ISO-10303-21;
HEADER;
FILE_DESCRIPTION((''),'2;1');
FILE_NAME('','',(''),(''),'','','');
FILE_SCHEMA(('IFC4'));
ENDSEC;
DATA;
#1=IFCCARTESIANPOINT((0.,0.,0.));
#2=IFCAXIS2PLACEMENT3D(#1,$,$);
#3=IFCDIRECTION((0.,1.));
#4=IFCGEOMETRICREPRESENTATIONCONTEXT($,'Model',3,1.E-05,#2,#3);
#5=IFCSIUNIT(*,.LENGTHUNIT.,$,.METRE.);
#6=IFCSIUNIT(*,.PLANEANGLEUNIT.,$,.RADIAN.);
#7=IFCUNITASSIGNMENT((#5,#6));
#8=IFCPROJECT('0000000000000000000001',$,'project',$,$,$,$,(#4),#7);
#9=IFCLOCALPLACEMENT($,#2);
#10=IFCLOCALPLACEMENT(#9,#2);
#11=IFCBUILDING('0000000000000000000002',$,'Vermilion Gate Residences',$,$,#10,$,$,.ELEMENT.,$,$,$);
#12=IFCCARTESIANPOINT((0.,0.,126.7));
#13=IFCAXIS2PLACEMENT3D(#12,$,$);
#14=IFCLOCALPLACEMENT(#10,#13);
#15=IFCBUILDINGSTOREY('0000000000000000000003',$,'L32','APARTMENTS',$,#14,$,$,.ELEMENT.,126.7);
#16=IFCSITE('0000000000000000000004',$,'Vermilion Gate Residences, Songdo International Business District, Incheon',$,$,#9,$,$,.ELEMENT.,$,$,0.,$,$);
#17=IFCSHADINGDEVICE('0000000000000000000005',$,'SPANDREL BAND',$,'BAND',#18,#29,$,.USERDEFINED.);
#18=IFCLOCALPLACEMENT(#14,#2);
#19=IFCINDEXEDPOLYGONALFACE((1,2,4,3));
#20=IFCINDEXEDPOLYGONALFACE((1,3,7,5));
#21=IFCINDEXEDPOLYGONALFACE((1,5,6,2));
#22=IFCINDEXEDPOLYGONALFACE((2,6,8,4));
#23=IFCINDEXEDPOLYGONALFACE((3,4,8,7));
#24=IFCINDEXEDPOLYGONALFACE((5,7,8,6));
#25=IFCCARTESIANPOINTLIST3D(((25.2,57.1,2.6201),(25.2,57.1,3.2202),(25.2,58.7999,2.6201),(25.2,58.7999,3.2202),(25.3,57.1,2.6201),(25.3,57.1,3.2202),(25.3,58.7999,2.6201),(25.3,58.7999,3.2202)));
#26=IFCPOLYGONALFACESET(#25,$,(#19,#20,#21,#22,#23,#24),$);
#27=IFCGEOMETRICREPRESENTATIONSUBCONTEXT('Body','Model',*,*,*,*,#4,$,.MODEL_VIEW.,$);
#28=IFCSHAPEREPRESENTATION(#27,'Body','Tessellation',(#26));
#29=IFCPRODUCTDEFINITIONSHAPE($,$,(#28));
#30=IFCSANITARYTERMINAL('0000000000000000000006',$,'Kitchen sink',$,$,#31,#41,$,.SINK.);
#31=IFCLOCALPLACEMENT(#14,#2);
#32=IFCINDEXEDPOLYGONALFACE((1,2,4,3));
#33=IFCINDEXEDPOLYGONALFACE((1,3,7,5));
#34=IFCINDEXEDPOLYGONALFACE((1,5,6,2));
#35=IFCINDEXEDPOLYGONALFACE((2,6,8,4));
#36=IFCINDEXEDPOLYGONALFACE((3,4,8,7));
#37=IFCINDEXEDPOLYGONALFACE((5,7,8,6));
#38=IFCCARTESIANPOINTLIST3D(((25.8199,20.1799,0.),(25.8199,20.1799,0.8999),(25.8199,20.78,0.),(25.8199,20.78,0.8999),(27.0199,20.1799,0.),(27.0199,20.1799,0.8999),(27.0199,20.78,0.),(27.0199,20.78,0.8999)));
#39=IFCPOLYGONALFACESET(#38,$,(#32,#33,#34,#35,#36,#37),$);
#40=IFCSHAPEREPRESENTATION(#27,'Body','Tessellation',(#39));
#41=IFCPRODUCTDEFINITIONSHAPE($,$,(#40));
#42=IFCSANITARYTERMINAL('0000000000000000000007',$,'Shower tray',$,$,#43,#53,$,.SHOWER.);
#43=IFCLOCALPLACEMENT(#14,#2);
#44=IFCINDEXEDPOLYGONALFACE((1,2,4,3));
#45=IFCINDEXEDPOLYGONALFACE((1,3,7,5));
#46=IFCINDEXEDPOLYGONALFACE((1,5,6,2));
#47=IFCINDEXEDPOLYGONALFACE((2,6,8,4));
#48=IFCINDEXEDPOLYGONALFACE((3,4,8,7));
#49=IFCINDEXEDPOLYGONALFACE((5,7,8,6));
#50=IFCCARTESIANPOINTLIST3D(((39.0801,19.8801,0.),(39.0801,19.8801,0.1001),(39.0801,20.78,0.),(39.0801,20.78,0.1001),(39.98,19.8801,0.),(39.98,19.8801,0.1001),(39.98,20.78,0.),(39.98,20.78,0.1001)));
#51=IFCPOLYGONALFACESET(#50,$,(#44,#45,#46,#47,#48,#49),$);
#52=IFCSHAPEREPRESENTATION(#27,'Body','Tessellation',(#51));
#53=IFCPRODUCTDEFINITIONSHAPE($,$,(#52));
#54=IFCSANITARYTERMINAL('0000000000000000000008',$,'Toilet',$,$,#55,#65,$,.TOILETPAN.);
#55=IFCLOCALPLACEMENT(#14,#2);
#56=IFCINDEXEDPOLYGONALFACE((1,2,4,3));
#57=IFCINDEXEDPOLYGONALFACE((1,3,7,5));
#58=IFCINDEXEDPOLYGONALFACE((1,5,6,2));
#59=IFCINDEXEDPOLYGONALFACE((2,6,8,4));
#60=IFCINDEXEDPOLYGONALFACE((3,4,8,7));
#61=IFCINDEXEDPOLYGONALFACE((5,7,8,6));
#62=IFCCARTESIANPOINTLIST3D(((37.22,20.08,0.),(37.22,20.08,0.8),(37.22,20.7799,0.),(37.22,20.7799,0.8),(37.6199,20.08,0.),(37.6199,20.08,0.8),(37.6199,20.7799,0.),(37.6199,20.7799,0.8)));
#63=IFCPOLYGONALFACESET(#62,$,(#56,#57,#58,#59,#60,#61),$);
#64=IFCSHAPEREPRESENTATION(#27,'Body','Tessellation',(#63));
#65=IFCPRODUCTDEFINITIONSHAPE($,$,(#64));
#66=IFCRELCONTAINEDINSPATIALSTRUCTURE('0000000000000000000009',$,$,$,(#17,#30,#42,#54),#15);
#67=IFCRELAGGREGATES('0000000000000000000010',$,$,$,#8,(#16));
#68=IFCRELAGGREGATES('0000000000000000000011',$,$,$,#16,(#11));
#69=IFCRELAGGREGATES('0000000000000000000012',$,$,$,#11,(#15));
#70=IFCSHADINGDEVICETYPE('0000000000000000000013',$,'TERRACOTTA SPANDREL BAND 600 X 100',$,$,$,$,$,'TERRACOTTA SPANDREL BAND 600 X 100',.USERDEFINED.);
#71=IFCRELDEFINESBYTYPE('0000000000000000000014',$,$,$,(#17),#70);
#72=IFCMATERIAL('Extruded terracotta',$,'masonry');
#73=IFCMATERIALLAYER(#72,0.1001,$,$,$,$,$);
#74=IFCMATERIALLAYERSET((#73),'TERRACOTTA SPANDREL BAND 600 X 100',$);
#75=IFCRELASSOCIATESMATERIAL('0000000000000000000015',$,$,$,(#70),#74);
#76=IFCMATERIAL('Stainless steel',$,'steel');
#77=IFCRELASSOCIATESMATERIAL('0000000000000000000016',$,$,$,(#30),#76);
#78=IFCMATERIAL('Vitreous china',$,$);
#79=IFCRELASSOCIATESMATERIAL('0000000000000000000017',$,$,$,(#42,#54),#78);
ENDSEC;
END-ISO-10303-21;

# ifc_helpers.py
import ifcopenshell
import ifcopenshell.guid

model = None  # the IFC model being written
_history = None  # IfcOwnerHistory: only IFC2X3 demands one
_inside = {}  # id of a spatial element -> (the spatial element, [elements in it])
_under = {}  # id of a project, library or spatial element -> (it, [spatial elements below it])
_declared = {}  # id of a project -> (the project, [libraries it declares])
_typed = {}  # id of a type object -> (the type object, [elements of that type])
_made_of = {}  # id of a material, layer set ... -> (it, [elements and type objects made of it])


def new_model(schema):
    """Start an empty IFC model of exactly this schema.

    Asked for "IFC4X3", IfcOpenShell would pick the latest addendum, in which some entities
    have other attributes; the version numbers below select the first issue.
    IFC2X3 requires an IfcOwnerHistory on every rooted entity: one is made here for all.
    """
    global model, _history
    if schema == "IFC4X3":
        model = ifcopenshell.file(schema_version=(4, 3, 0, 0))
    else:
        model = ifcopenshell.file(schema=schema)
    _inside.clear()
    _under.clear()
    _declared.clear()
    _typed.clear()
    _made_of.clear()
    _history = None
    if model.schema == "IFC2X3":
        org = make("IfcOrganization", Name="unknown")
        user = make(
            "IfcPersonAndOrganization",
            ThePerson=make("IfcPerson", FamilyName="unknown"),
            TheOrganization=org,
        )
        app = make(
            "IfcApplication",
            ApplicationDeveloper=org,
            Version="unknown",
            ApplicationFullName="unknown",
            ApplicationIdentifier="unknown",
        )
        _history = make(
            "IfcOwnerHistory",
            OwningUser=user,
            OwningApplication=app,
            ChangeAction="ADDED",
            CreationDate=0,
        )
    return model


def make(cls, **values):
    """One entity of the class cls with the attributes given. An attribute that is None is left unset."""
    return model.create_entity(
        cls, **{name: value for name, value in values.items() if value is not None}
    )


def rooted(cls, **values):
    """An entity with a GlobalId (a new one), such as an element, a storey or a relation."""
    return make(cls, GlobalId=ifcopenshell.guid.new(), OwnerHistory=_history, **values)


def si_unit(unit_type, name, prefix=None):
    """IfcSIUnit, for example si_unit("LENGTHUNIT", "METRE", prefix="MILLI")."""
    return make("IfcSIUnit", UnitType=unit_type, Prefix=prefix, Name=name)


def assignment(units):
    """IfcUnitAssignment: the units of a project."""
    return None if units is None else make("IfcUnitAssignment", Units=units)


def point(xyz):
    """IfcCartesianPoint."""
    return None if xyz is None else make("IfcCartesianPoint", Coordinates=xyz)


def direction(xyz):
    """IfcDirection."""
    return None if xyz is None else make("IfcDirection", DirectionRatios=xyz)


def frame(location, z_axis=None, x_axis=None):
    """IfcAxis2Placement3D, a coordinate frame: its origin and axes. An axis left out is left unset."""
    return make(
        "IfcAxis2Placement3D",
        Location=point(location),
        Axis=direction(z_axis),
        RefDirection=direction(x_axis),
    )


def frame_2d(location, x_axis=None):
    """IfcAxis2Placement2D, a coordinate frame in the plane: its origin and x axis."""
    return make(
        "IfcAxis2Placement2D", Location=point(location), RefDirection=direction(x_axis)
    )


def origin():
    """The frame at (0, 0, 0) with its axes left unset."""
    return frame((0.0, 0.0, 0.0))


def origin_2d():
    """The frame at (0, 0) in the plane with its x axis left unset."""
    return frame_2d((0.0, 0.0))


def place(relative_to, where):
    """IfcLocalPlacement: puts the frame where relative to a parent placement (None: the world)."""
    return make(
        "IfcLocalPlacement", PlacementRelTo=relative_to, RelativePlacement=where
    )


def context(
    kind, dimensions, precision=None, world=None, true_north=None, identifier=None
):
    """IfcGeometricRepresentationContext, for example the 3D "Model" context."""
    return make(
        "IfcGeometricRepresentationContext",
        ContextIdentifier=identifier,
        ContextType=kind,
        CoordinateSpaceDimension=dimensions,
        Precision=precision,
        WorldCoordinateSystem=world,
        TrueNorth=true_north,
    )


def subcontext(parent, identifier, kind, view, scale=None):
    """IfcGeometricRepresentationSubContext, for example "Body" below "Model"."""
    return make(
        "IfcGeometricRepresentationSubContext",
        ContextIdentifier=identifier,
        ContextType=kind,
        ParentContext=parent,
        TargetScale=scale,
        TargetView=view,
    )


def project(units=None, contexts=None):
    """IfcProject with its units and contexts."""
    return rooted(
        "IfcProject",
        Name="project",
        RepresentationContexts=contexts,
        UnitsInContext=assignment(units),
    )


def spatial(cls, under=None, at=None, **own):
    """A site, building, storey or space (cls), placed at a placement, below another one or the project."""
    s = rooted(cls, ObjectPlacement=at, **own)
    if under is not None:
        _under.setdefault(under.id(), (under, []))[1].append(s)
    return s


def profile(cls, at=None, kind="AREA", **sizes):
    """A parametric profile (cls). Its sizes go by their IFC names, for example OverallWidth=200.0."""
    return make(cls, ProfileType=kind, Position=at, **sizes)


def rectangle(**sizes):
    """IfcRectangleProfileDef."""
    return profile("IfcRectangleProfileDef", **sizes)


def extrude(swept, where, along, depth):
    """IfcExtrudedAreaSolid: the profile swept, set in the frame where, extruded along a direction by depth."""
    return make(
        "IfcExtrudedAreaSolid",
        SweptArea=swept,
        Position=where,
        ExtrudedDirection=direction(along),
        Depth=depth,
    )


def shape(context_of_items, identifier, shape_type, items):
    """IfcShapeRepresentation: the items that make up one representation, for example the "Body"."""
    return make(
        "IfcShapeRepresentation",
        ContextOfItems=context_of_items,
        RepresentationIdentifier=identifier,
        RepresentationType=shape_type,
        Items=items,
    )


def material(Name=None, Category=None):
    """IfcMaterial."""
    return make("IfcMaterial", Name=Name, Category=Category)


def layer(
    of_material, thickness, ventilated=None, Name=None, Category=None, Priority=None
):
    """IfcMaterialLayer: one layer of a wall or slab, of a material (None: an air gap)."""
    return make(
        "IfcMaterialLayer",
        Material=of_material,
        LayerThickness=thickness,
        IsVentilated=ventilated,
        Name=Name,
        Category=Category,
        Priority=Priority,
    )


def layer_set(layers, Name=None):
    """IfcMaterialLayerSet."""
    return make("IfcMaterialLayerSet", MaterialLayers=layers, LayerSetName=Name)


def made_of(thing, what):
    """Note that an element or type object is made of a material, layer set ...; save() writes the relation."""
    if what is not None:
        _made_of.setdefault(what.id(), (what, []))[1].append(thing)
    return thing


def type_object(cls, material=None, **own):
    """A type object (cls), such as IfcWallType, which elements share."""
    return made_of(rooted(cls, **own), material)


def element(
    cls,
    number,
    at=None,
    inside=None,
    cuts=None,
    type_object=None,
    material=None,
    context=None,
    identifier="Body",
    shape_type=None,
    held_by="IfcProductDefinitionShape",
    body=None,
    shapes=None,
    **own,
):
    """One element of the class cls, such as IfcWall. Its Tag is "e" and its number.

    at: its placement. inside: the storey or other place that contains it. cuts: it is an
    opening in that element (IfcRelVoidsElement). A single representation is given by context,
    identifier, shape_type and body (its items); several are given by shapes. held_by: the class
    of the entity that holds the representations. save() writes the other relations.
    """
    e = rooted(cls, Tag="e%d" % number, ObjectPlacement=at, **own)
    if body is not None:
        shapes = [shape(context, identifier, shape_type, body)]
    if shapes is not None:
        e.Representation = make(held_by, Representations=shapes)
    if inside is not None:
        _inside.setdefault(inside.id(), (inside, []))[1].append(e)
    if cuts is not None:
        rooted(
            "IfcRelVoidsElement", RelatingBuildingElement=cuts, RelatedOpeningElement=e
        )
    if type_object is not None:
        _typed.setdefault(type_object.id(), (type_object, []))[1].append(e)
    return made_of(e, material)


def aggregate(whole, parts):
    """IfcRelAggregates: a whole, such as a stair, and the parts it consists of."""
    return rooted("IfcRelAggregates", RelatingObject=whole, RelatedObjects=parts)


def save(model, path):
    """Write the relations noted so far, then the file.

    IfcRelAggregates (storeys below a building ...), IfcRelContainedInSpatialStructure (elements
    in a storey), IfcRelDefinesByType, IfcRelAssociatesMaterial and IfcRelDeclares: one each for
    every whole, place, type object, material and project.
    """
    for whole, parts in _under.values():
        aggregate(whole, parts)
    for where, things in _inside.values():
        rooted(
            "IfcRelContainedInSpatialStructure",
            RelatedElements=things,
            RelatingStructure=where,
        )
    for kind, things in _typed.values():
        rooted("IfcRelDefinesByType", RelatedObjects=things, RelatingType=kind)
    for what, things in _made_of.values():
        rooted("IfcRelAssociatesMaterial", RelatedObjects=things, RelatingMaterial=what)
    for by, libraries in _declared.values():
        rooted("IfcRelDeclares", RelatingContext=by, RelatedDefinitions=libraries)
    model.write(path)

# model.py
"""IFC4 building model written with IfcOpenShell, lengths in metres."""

from ifc_helpers import new_model, si_unit, direction, frame, origin, origin_2d, place, context, subcontext, project, spatial, rectangle, extrude, material, layer, layer_set, type_object, element, save


model = new_model("IFC4")

# Units and contexts
model_context = context("Model", 3, precision=1e-05, world=origin(), true_north=direction((0.0, 1.0)))
body_context = subcontext(model_context, "Body", "Model", "MODEL_VIEW")
ifc_project = project(units=[si_unit("LENGTHUNIT", "METRE"), si_unit("PLANEANGLEUNIT", "RADIAN")], contexts=[model_context])

# Site, building, storey
site_placement = place(None, origin())
site = spatial("IfcSite", under=ifc_project, at=site_placement, Name="Vermilion Gate Residences, Songdo International Business District, Incheon", CompositionType="ELEMENT", RefElevation=0.0)
building_placement = place(site_placement, origin())
building = spatial("IfcBuilding", under=site, at=building_placement, Name="Vermilion Gate Residences", CompositionType="ELEMENT")
storey_placement = place(building_placement, frame((0.0, 0.0, 126.7)))
storey = spatial("IfcBuildingStorey", under=building, at=storey_placement, Name="L32", Description="APARTMENTS", CompositionType="ELEMENT", Elevation=126.7)

# Shading device
ifc_material_1 = material(Name="Extruded terracotta", Category="masonry")
ifc_layer_1 = layer(ifc_material_1, 0.1001)
ifc_layer_set_1 = layer_set([ifc_layer_1], Name="TERRACOTTA SPANDREL BAND 600 X 100")
shading_device_type_1 = type_object("IfcShadingDeviceType", Name="TERRACOTTA SPANDREL BAND 600 X 100", ElementType="TERRACOTTA SPANDREL BAND 600 X 100", PredefinedType="USERDEFINED", material=ifc_layer_set_1)
shading_device_1_placement = place(storey_placement, frame((25.25, 57.95, 2.6201), z_axis=(0.0, 0.0, 1.0), x_axis=(0.0, 1.0, 0.0)))
element("IfcShadingDevice", 1, at=shading_device_1_placement, inside=storey, type_object=shading_device_type_1, Name="SPANDREL BAND", ObjectType="BAND", PredefinedType="USERDEFINED", context=body_context, shape_type="SweptSolid", body=[
    extrude(rectangle(XDim=1.7, YDim=0.1001, at=origin_2d()), origin(), (0.0, 0.0, 1.0), 0.6001),
])

# Sanitary terminals
ifc_material_2 = material(Name="Stainless steel", Category="steel")
sanitary_terminal_1_placement = place(storey_placement, frame((26.4199, 20.48, 0.0), z_axis=(0.0, 0.0, 1.0), x_axis=(1.0, 0.0, 0.0)))
element("IfcSanitaryTerminal", 2, at=sanitary_terminal_1_placement, inside=storey, material=ifc_material_2, Name="Kitchen sink", PredefinedType="SINK", context=body_context, shape_type="SweptSolid", body=[
    extrude(rectangle(XDim=1.2, YDim=0.6001, at=origin_2d()), origin(), (0.0, 0.0, 1.0), 0.8999),
])
ifc_material_3 = material(Name="Vitreous china")
sanitary_terminal_2_placement = place(storey_placement, frame((39.53, 20.3301, 0.0), z_axis=(0.0, 0.0, 1.0), x_axis=(1.0, 0.0, 0.0)))
element("IfcSanitaryTerminal", 3, at=sanitary_terminal_2_placement, inside=storey, material=ifc_material_3, Name="Shower tray", PredefinedType="SHOWER", context=body_context, shape_type="SweptSolid", body=[
    extrude(rectangle(XDim=0.8999, YDim=0.8999, at=origin_2d()), origin(), (0.0, 0.0, 1.0), 0.1001),
])
sanitary_terminal_3_placement = place(storey_placement, frame((37.4199, 20.4299, 0.0), z_axis=(0.0, 0.0, 1.0), x_axis=(1.0, 0.0, 0.0)))
element("IfcSanitaryTerminal", 4, at=sanitary_terminal_3_placement, inside=storey, material=ifc_material_3, Name="Toilet", PredefinedType="TOILETPAN", context=body_context, shape_type="SweptSolid", body=[
    extrude(rectangle(XDim=0.3999, YDim=0.7, at=origin_2d()), origin(), (0.0, 0.0, 1.0), 0.8),
])

save(model, "model.ifc")
